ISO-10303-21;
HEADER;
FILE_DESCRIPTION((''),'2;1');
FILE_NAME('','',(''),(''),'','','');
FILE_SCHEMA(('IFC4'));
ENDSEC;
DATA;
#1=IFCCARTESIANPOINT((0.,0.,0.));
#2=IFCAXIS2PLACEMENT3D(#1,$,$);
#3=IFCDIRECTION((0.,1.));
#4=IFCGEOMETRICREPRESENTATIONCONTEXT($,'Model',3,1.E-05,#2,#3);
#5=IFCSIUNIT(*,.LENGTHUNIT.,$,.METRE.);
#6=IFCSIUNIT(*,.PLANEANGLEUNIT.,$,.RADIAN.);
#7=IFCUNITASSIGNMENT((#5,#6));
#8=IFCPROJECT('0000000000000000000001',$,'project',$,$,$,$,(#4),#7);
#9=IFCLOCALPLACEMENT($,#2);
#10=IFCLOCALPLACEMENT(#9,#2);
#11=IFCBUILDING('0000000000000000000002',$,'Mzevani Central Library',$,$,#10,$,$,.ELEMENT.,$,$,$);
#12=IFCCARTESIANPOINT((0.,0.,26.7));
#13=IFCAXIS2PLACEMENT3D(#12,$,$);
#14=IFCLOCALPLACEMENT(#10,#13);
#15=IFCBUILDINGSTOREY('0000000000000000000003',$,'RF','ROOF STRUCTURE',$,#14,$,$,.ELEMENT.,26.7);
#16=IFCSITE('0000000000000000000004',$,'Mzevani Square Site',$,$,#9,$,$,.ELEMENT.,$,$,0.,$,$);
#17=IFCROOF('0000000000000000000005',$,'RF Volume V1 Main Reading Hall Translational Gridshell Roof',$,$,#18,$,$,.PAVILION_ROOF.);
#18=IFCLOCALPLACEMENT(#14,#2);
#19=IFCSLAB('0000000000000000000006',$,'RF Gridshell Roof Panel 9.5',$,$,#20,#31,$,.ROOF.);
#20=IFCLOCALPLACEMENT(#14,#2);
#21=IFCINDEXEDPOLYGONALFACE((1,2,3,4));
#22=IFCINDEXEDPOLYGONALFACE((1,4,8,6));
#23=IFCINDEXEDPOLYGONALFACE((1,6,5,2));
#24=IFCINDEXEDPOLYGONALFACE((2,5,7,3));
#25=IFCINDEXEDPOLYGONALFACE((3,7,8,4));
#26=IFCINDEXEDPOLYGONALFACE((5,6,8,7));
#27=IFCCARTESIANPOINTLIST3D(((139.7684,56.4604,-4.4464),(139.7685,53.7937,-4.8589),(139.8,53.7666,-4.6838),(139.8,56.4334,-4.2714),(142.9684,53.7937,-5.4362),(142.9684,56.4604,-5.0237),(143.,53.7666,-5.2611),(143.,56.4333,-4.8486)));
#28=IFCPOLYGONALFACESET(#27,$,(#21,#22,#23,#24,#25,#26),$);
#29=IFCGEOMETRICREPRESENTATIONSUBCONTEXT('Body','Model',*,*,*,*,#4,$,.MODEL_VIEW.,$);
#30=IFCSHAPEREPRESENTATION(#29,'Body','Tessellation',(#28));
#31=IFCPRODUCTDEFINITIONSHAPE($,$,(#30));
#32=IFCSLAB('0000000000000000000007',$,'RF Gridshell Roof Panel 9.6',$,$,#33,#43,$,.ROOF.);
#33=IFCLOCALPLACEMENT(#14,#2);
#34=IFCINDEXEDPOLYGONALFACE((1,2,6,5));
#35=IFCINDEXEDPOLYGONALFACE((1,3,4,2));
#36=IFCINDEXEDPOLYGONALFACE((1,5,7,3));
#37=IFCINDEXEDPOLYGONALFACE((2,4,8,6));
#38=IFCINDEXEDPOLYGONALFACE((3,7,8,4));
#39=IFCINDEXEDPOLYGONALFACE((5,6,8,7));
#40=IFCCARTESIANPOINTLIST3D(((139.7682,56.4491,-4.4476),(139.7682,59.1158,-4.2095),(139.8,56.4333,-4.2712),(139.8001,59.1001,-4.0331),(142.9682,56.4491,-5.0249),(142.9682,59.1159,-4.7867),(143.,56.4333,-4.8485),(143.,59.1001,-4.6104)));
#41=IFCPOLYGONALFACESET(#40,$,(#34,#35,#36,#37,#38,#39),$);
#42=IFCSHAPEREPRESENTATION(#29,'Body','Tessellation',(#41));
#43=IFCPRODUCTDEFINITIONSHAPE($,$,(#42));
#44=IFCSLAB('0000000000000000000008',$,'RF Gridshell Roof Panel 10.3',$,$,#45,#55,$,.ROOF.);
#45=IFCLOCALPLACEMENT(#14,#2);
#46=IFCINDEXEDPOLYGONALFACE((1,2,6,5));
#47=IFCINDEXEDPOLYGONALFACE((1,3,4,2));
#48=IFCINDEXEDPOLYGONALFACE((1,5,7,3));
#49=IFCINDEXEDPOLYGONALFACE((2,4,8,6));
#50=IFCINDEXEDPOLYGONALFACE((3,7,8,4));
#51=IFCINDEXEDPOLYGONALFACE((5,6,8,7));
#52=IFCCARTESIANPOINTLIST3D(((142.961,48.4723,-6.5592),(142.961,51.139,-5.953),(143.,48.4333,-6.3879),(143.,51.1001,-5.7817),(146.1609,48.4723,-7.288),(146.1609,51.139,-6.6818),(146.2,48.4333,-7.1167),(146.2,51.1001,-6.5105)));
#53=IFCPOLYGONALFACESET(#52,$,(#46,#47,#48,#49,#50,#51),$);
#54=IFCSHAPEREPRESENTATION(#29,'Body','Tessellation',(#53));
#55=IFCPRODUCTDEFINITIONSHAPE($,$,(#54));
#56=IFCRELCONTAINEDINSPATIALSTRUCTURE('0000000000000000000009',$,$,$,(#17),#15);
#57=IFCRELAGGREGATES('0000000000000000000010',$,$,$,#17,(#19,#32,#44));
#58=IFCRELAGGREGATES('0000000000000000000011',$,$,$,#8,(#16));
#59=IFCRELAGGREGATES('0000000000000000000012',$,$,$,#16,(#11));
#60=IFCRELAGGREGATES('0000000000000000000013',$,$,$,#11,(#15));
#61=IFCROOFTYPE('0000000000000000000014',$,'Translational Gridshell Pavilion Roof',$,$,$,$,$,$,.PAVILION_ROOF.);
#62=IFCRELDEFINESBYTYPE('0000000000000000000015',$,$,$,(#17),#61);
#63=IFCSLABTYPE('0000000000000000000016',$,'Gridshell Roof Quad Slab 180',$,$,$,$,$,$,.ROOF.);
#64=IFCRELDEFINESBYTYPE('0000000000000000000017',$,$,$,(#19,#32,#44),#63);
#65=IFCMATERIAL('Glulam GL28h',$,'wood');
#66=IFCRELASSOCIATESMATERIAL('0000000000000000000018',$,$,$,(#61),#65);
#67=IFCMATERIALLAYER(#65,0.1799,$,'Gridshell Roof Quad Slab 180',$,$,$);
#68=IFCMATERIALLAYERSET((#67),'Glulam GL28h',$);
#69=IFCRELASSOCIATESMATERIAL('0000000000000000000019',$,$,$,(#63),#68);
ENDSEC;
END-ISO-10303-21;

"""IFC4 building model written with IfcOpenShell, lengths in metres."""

from ifc_helpers import new_model, si_unit, direction, frame, origin, place, context, subcontext, project, spatial, polyline, outline, extrude, material, layer, layer_set, type_object, element, aggregate, save


model = new_model("IFC4")

# Units and contexts
model_context = context("Model", 3, precision=1e-05, world=origin(), true_north=direction((0.0, 1.0)))
body_context = subcontext(model_context, "Body", "Model", "MODEL_VIEW")
ifc_project = project(units=[si_unit("LENGTHUNIT", "METRE"), si_unit("PLANEANGLEUNIT", "RADIAN")], contexts=[model_context])

# Site, building, storey
site_placement = place(None, origin())
site = spatial("IfcSite", under=ifc_project, at=site_placement, Name="Mzevani Square Site", CompositionType="ELEMENT", RefElevation=0.0)
building_placement = place(site_placement, origin())
building = spatial("IfcBuilding", under=site, at=building_placement, Name="Mzevani Central Library", CompositionType="ELEMENT")
storey_placement = place(building_placement, frame((0.0, 0.0, 26.7)))
storey = spatial("IfcBuildingStorey", under=building, at=storey_placement, Name="RF", Description="ROOF STRUCTURE", CompositionType="ELEMENT", Elevation=26.7)

# Shared definitions
ifc_material_1 = material(Name="Glulam GL28h", Category="wood")

# Roof, slabs
roof_type = type_object("IfcRoofType", Name="Translational Gridshell Pavilion Roof", PredefinedType="PAVILION_ROOF", material=ifc_material_1)
roof_placement = place(storey_placement, origin())
roof = element("IfcRoof", 1, at=roof_placement, inside=storey, type_object=roof_type, Name="RF Volume V1 Main Reading Hall Translational Gridshell Roof", PredefinedType="PAVILION_ROOF")
ifc_layer_1 = layer(ifc_material_1, 0.1799, Name="Gridshell Roof Quad Slab 180")
ifc_layer_set_1 = layer_set([ifc_layer_1], Name="Glulam GL28h")
slab_type = type_object("IfcSlabType", Name="Gridshell Roof Quad Slab 180", PredefinedType="ROOF", material=ifc_layer_set_1)
slab_1_placement = place(storey_placement, frame((139.8, 53.7666, -4.6838), z_axis=(0.175512, -0.150483, 0.972908), x_axis=(0.984115, 0.000005, -0.177533)))
slab_1 = element("IfcSlab", 2, at=slab_1_placement, type_object=slab_type, Name="RF Gridshell Roof Panel 9.5", PredefinedType="ROOF", context=body_context, shape_type="SweptSolid", body=[
    extrude(outline(polyline([(0.0, 0.0), (3.2516, 0.0), (3.1784, 2.6974), (-0.0732, 2.6975), (0.0, 0.0)])), origin(), (0.0, 0.0, -1.0), 0.1799),
])
slab_2_placement = place(storey_placement, frame((139.8, 56.4333, -4.2712), z_axis=(0.176852, -0.087551, 0.980336), x_axis=(0.984115, -0.000003, -0.177534)))
slab_2 = element("IfcSlab", 3, at=slab_2_placement, type_object=slab_type, Name="RF Gridshell Roof Panel 9.6", PredefinedType="ROOF", context=body_context, shape_type="SweptSolid", body=[
    extrude(outline(polyline([(0.0, 0.0), (3.2516, 0.0), (3.2093, 2.677), (-0.0423, 2.677), (0.0, 0.0)])), origin(), (0.0, 0.0, -1.0), 0.1799),
])
slab_3_placement = place(storey_placement, frame((143.0, 48.4333, -6.3879), z_axis=(0.216794, -0.216392, 0.951932), x_axis=(0.975034, 0.0, -0.222055)))
slab_3 = element("IfcSlab", 4, at=slab_3_placement, type_object=slab_type, Name="RF Gridshell Roof Panel 10.3", PredefinedType="ROOF", context=body_context, shape_type="SweptSolid", body=[
    extrude(outline(polyline([(0.0, 0.0), (3.2819, 0.0), (3.1473, 2.7315), (-0.1346, 2.7315), (0.0, 0.0)])), origin(), (0.0, 0.0, -1.0), 0.1799),
])
aggregate(roof, [slab_1, slab_2, slab_3])

save(model, "model.ifc")
